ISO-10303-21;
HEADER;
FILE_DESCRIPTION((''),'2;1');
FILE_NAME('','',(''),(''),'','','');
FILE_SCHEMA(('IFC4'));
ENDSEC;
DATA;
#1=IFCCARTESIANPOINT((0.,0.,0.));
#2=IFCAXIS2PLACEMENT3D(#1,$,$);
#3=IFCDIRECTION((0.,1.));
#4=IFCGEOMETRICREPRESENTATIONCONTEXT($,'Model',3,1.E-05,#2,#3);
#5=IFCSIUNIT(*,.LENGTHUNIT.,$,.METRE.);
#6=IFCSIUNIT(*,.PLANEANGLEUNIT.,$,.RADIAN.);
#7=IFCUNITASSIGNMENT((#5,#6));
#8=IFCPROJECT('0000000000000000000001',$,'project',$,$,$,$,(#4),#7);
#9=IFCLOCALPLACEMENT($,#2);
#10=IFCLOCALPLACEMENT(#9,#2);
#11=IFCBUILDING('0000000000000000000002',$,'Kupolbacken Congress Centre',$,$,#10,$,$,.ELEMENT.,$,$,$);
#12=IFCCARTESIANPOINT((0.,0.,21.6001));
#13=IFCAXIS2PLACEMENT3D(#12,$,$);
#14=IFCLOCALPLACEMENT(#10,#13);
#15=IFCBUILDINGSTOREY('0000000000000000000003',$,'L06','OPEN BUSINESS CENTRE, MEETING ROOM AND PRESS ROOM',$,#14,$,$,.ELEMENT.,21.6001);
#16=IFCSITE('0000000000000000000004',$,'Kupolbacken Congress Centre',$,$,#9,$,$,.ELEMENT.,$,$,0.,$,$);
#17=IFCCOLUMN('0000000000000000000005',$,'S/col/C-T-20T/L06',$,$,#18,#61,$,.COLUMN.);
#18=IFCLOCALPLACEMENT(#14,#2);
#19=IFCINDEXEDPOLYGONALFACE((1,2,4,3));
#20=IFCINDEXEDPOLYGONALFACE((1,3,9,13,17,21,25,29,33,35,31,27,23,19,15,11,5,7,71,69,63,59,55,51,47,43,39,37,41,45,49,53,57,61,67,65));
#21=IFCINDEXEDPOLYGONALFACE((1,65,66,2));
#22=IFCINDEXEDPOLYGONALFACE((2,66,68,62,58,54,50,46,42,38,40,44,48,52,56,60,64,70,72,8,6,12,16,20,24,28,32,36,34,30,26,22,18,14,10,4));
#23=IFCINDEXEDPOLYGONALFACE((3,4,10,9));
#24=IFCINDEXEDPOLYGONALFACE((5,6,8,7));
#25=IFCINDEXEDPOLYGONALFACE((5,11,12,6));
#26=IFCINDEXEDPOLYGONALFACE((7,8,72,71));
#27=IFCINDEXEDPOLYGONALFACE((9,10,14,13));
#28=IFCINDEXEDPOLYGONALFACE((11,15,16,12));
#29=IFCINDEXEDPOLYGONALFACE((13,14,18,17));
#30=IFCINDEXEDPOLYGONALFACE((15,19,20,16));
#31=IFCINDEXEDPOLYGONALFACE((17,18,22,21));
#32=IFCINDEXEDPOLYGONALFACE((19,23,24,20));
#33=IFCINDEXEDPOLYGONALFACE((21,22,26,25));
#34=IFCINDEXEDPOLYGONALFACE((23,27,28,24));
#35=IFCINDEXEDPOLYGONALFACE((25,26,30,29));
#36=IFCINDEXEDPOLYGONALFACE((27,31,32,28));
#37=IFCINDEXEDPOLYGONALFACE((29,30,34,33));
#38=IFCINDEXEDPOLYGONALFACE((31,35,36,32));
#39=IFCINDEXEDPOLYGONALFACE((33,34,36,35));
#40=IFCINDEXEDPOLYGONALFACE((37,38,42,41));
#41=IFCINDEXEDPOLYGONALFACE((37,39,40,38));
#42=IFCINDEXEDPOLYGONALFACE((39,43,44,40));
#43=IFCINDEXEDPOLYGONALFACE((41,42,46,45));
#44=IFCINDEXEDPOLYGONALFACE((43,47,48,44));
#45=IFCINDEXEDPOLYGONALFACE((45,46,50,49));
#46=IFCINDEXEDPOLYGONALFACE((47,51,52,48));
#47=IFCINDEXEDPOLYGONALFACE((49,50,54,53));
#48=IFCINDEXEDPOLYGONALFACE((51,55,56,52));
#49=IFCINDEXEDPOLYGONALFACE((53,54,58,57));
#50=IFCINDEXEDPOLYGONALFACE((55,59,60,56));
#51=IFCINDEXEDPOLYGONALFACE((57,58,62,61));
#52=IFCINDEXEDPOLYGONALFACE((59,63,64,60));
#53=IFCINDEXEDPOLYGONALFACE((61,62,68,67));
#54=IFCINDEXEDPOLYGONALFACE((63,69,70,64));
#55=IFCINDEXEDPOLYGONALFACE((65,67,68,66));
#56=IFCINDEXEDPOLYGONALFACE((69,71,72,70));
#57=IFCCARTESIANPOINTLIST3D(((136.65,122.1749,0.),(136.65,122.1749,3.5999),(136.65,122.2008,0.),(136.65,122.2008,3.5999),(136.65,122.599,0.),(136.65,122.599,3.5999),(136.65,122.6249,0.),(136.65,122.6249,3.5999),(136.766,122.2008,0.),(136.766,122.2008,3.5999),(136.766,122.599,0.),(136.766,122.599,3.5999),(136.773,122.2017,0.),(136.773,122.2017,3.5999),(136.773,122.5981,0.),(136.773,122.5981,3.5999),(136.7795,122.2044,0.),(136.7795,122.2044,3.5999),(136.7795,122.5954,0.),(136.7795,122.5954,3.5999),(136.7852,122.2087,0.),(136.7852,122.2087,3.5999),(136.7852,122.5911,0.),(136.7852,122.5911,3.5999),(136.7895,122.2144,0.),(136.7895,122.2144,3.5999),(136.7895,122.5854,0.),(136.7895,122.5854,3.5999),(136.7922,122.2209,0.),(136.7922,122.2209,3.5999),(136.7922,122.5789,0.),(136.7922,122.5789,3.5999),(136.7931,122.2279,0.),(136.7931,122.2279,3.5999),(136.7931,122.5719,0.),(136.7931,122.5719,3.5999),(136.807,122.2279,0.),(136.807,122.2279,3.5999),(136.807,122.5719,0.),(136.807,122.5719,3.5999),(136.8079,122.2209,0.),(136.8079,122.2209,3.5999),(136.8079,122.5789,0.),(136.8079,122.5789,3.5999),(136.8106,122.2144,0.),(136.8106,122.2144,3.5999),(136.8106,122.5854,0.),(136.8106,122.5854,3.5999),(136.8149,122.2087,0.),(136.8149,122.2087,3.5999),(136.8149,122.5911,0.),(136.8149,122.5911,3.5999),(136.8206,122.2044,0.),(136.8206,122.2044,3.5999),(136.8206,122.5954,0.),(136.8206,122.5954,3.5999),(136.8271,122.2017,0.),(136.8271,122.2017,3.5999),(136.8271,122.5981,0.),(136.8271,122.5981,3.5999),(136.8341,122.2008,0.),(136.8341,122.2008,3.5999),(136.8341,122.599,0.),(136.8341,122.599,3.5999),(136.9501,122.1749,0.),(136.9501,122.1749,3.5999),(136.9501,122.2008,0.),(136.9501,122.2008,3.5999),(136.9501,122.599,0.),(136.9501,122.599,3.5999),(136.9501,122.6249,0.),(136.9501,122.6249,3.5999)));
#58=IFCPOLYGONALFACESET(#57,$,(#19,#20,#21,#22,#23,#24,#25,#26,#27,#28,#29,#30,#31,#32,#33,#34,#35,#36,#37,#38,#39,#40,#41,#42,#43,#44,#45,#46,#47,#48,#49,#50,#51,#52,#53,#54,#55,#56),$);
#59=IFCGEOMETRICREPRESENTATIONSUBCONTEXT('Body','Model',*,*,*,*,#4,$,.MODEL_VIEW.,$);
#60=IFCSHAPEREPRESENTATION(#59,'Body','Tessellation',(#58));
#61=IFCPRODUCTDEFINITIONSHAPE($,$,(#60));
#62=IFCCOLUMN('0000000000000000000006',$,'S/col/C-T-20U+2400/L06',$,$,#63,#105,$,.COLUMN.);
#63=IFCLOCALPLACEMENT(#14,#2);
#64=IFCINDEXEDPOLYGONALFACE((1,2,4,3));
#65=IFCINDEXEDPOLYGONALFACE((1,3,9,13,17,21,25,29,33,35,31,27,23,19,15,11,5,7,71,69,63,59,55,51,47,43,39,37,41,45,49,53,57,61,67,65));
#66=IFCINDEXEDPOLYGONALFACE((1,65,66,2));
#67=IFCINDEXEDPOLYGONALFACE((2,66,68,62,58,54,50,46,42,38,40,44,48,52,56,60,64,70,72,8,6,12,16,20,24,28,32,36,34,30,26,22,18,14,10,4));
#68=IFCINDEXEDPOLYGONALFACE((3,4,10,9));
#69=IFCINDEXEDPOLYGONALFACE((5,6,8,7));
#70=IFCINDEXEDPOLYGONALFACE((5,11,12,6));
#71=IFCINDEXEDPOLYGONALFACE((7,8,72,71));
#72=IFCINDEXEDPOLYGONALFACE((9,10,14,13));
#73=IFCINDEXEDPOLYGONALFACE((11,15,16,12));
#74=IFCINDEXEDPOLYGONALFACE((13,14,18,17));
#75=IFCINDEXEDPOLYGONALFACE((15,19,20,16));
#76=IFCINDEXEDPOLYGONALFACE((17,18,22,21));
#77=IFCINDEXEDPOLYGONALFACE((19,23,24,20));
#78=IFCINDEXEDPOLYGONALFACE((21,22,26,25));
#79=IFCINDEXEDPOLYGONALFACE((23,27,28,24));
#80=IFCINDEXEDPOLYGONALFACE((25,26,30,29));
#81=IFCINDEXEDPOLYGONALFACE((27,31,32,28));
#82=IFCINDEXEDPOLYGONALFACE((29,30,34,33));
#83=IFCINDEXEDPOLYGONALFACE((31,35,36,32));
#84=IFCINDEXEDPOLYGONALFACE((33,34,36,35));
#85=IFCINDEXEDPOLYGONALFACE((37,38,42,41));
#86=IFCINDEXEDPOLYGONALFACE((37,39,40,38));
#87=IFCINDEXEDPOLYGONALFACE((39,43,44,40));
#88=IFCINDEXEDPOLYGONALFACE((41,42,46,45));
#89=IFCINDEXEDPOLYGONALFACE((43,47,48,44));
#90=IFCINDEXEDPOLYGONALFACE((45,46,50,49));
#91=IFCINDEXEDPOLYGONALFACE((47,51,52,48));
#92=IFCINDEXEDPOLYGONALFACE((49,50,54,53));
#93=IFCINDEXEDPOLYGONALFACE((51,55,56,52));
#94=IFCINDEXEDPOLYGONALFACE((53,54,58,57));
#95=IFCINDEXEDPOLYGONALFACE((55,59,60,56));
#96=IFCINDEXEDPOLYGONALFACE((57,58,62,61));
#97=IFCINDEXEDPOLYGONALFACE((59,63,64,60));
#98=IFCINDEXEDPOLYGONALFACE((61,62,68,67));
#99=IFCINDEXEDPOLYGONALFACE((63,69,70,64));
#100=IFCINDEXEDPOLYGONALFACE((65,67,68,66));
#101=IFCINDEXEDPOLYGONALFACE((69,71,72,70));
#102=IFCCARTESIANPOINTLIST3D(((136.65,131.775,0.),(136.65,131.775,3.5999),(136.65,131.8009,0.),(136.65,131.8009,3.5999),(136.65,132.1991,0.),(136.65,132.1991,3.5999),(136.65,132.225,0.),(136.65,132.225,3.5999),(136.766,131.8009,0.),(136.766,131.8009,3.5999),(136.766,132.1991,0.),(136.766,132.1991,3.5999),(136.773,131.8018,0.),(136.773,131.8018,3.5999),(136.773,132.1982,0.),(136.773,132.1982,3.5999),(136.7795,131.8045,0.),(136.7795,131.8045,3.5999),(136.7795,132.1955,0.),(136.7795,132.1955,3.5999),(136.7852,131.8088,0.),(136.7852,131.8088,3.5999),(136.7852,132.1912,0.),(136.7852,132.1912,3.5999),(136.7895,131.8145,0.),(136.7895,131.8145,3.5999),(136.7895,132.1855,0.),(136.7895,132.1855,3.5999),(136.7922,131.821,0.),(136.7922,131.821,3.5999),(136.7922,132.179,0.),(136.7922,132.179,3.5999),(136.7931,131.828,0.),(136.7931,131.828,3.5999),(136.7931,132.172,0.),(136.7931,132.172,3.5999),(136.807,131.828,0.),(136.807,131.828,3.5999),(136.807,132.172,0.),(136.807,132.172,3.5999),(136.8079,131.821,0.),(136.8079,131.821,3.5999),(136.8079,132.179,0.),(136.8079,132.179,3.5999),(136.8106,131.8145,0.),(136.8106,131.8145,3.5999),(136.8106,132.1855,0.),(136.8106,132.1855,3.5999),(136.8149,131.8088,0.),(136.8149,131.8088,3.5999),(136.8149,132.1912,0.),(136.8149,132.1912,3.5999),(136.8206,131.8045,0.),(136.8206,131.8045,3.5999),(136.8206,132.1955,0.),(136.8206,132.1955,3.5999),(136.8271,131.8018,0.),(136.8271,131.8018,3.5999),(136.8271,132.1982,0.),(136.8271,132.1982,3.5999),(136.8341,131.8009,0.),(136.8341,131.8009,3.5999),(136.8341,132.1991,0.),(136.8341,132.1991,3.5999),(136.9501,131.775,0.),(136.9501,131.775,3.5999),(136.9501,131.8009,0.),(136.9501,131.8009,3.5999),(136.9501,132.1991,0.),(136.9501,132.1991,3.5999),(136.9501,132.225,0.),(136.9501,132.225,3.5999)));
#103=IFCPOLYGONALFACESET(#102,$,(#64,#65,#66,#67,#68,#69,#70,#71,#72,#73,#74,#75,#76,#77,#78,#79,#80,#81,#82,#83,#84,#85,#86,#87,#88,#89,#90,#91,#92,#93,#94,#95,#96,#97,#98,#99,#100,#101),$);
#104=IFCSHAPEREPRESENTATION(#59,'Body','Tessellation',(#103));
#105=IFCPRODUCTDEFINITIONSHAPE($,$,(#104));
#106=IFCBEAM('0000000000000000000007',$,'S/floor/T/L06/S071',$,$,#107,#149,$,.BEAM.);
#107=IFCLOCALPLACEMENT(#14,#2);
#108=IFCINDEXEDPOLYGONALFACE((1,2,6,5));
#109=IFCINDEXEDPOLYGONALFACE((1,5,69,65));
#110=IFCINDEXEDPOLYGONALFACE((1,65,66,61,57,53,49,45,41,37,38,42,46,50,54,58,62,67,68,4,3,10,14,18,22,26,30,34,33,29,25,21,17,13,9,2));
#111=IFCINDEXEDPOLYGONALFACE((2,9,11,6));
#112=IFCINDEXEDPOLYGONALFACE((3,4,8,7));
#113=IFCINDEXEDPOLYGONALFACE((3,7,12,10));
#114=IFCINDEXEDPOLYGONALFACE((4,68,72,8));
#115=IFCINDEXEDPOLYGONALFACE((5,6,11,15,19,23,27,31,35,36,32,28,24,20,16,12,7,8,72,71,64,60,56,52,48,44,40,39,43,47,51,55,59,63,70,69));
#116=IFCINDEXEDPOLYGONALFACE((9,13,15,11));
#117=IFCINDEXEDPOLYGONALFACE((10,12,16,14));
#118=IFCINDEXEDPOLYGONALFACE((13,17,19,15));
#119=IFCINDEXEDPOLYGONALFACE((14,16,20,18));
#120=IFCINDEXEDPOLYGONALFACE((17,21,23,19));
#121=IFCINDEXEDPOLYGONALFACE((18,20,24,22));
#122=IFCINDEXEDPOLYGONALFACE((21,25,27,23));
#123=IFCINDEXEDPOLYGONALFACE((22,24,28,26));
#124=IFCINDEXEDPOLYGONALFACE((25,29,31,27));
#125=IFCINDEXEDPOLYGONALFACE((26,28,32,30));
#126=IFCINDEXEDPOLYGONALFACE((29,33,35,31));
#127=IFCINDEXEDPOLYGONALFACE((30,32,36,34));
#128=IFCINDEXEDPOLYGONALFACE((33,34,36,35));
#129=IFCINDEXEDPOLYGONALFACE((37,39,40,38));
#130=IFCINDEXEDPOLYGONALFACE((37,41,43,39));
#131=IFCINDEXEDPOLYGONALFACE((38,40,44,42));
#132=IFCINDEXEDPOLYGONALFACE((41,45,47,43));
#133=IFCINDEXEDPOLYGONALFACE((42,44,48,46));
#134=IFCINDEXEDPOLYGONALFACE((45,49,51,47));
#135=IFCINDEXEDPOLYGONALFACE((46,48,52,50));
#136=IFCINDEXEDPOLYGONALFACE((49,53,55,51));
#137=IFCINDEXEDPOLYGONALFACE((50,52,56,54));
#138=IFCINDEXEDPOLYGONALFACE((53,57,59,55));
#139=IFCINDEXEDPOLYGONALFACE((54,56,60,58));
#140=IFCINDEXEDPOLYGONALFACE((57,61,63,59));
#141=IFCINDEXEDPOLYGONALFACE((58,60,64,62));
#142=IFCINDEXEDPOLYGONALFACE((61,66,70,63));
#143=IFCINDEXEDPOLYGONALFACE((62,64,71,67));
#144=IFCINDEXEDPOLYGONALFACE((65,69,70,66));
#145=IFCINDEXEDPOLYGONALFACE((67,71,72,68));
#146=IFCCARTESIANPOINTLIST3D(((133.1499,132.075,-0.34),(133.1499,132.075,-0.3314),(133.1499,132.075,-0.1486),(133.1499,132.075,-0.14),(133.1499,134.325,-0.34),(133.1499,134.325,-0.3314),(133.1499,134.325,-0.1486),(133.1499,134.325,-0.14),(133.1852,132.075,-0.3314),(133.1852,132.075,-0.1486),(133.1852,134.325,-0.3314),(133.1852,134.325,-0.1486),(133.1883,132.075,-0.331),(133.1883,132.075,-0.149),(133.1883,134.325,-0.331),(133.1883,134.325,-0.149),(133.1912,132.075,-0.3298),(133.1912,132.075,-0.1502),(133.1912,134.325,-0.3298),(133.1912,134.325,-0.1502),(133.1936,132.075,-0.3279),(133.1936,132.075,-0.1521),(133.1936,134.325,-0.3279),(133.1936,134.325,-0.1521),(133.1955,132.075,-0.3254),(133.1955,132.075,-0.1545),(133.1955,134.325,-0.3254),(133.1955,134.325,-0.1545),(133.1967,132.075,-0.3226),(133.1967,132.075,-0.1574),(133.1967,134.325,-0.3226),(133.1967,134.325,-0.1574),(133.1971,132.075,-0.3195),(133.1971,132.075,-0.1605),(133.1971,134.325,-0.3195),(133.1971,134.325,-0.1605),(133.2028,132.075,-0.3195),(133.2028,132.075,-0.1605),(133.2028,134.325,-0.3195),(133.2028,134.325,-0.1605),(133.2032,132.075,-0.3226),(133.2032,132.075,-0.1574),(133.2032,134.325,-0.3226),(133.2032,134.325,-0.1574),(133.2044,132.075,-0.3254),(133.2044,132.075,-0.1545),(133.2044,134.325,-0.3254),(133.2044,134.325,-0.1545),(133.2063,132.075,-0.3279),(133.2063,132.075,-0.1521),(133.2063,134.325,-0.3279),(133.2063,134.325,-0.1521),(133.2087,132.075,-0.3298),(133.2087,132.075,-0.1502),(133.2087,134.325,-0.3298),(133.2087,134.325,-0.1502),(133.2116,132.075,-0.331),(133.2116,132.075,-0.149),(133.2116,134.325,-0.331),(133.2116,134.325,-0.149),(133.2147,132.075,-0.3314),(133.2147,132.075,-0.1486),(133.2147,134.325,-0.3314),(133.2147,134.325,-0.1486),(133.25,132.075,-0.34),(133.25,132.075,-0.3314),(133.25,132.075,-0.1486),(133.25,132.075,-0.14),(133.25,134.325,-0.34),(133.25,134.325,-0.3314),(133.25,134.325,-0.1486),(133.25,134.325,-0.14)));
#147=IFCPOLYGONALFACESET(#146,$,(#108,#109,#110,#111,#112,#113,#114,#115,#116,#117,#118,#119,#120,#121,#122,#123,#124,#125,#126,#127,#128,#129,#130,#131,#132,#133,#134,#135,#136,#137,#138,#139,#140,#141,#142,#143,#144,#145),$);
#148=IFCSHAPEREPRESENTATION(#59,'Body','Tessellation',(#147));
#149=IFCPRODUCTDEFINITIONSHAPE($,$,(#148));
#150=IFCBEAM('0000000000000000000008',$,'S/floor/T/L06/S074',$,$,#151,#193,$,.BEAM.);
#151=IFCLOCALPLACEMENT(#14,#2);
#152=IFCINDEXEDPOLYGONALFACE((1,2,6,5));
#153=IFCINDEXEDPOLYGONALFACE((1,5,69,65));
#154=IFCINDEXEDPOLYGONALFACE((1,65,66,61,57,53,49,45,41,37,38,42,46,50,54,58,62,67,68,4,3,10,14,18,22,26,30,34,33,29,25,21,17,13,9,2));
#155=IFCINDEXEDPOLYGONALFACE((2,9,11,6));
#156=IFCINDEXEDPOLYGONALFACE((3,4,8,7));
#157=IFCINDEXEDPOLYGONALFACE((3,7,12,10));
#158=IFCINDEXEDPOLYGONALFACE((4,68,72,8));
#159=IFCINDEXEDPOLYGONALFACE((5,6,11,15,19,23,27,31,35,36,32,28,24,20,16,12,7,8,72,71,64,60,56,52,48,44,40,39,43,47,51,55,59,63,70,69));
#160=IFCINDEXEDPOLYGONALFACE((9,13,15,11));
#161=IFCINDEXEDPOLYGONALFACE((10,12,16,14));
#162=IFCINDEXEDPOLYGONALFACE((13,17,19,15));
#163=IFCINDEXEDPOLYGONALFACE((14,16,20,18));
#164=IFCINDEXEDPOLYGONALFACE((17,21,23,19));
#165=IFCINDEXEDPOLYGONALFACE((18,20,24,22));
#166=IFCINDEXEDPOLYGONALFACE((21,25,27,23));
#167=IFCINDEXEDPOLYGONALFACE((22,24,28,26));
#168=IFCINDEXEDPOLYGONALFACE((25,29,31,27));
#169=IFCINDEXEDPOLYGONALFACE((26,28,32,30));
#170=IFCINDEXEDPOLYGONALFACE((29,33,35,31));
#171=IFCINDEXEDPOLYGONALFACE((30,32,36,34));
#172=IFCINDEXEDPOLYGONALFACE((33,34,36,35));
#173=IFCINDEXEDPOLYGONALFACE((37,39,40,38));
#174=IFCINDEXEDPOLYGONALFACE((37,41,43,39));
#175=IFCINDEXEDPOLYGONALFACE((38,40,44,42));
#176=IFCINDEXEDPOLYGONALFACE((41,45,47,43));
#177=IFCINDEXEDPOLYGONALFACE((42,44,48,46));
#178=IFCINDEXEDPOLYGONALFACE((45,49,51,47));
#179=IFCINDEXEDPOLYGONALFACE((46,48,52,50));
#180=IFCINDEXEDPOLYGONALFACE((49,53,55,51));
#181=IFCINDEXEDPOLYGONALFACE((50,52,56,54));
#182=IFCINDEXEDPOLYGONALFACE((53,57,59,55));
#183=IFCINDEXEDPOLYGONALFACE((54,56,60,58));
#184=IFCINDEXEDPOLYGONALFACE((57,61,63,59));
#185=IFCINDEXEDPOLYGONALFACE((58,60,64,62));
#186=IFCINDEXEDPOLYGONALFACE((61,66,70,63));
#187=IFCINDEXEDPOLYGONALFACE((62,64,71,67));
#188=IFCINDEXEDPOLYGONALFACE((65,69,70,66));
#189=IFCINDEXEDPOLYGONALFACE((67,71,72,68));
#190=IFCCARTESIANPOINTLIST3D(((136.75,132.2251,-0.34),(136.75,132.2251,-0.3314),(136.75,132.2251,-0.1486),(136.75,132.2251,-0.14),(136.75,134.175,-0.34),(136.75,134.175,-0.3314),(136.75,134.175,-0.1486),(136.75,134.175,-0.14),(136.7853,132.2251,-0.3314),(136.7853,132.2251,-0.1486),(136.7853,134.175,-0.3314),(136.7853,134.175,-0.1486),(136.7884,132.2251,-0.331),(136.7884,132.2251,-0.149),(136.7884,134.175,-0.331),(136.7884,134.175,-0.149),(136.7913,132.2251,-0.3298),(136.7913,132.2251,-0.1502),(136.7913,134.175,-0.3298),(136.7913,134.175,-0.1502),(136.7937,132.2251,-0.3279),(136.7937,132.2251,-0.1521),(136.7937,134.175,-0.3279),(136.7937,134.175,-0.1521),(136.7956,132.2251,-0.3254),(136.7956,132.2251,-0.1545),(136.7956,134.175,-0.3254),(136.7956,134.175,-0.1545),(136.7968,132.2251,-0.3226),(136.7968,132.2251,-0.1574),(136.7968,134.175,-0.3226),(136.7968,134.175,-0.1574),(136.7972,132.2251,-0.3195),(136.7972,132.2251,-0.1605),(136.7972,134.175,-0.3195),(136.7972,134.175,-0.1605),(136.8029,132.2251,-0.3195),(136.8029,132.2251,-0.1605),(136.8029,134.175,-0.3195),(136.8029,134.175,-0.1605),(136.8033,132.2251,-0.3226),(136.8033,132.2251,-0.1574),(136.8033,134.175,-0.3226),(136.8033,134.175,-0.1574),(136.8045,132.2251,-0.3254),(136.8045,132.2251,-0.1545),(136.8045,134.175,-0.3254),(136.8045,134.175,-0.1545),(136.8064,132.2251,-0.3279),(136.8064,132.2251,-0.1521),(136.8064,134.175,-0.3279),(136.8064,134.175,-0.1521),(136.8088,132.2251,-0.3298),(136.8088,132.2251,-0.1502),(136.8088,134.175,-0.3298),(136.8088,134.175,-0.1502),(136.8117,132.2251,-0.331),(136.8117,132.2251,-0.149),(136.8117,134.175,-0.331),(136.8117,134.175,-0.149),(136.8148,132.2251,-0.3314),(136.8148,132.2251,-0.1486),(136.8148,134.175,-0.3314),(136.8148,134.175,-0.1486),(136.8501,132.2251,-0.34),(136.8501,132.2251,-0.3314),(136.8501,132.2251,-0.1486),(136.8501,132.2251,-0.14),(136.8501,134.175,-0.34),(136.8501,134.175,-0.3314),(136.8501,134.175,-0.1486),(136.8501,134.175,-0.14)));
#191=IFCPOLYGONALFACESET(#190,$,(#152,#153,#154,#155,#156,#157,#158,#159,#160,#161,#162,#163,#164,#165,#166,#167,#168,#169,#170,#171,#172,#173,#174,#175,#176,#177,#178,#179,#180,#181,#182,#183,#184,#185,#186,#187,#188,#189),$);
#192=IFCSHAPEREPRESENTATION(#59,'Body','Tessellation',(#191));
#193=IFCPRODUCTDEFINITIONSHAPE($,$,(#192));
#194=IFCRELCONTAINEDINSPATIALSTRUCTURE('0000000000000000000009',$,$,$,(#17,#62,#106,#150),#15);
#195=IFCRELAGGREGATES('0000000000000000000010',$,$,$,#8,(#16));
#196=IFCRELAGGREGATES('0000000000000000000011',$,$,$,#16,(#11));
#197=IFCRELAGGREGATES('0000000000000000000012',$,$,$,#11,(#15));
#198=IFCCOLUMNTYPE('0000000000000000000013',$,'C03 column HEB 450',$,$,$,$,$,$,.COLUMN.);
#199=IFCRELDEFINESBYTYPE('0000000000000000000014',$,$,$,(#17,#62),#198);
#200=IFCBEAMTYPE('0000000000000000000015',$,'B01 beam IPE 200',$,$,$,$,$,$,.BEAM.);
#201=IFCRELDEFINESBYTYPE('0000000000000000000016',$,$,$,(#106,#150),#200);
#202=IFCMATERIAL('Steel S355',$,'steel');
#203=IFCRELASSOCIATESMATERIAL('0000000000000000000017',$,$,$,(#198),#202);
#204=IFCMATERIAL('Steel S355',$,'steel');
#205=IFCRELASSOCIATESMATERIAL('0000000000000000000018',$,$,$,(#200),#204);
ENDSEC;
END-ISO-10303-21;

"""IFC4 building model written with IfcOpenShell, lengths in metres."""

from ifc_helpers import new_model, si_unit, direction, frame, origin, origin_2d, place, context, subcontext, project, spatial, i_section, extrude, material, material_profile, profile_set, type_object, element, save


model = new_model("IFC4")

# Units and contexts
model_context = context("Model", 3, precision=1e-05, world=origin(), true_north=direction((0.0, 1.0)))
body_context = subcontext(model_context, "Body", "Model", "MODEL_VIEW")
ifc_project = project(units=[si_unit("LENGTHUNIT", "METRE"), si_unit("PLANEANGLEUNIT", "RADIAN")], contexts=[model_context])

# Site, building, storey
site_placement = place(None, origin())
site = spatial("IfcSite", under=ifc_project, at=site_placement, Name="Kupolbacken Congress Centre", CompositionType="ELEMENT", RefElevation=0.0)
building_placement = place(site_placement, origin())
building = spatial("IfcBuilding", under=site, at=building_placement, Name="Kupolbacken Congress Centre", CompositionType="ELEMENT")
storey_placement = place(building_placement, frame((0.0, 0.0, 21.6001)))
storey = spatial("IfcBuildingStorey", under=building, at=storey_placement, Name="L06", Description="OPEN BUSINESS CENTRE, MEETING ROOM AND PRESS ROOM", CompositionType="ELEMENT", Elevation=21.6001)

# Columns
ifc_material_1 = material(Name="Steel S355", Category="steel")
ifc_material_profile_1 = material_profile(ifc_material_1, i_section(OverallWidth=0.3, OverallDepth=0.45, WebThickness=0.0139, FlangeThickness=0.0259, FilletRadius=0.0271, at=origin_2d()), Name="HEB 450")
ifc_profile_set_1 = profile_set([ifc_material_profile_1], Name="Steel S355")
column_type = type_object("IfcColumnType", Name="C03 column HEB 450", PredefinedType="COLUMN", material=ifc_profile_set_1)
for number, where, z_axis, x_axis, name in (
    (1, (136.8, 122.3999, 0.0), (0.0, 0.0, 1.0), (1.0, 0.0, 0.0), "S/col/C-T-20T/L06"),
    (2, (136.8, 132.0, 0.0), (0.0, 0.0, 1.0), (1.0, 0.0, 0.0), "S/col/C-T-20U+2400/L06"),
):
    element("IfcColumn", number, at=place(storey_placement, frame(where, z_axis=z_axis, x_axis=x_axis)), inside=storey, type_object=column_type, Name=name, PredefinedType="COLUMN", context=body_context, shape_type="SweptSolid", body=[
        extrude(i_section(OverallWidth=0.3, OverallDepth=0.45, WebThickness=0.0139, FlangeThickness=0.0259, FilletRadius=0.0271, at=origin_2d()), origin(), (0.0, 0.0, 1.0), 3.5999),
    ])

# Beams
ifc_material_2 = material(Name="Steel S355", Category="steel")
ifc_material_profile_2 = material_profile(ifc_material_2, i_section(OverallWidth=0.1001, OverallDepth=0.2, WebThickness=0.0056, FlangeThickness=0.0085, FilletRadius=0.012, at=origin_2d()), Name="IPE 200")
ifc_profile_set_2 = profile_set([ifc_material_profile_2], Name="Steel S355")
beam_type_1 = type_object("IfcBeamType", Name="B01 beam IPE 200", PredefinedType="BEAM", material=ifc_profile_set_2)
beam_1_placement = place(storey_placement, frame((133.2, 132.075, -0.24), z_axis=(0.0, 1.0, 0.0), x_axis=(-1.0, 0.0, 0.0)))
element("IfcBeam", 3, at=beam_1_placement, inside=storey, type_object=beam_type_1, Name="S/floor/T/L06/S071", PredefinedType="BEAM", context=body_context, shape_type="SweptSolid", body=[
    extrude(i_section(OverallWidth=0.1001, OverallDepth=0.2, WebThickness=0.0056, FlangeThickness=0.0085, FilletRadius=0.012, at=origin_2d()), origin(), (0.0, 0.0, 1.0), 2.25),
])
beam_2_placement = place(storey_placement, frame((136.8, 132.2251, -0.24), z_axis=(0.0, 1.0, 0.0), x_axis=(-1.0, 0.0, 0.0)))
element("IfcBeam", 4, at=beam_2_placement, inside=storey, type_object=beam_type_1, Name="S/floor/T/L06/S074", PredefinedType="BEAM", context=body_context, shape_type="SweptSolid", body=[
    extrude(i_section(OverallWidth=0.1001, OverallDepth=0.2, WebThickness=0.0056, FlangeThickness=0.0085, FilletRadius=0.012, at=origin_2d()), origin(), (0.0, 0.0, 1.0), 1.95),
])

save(model, "model.ifc")
